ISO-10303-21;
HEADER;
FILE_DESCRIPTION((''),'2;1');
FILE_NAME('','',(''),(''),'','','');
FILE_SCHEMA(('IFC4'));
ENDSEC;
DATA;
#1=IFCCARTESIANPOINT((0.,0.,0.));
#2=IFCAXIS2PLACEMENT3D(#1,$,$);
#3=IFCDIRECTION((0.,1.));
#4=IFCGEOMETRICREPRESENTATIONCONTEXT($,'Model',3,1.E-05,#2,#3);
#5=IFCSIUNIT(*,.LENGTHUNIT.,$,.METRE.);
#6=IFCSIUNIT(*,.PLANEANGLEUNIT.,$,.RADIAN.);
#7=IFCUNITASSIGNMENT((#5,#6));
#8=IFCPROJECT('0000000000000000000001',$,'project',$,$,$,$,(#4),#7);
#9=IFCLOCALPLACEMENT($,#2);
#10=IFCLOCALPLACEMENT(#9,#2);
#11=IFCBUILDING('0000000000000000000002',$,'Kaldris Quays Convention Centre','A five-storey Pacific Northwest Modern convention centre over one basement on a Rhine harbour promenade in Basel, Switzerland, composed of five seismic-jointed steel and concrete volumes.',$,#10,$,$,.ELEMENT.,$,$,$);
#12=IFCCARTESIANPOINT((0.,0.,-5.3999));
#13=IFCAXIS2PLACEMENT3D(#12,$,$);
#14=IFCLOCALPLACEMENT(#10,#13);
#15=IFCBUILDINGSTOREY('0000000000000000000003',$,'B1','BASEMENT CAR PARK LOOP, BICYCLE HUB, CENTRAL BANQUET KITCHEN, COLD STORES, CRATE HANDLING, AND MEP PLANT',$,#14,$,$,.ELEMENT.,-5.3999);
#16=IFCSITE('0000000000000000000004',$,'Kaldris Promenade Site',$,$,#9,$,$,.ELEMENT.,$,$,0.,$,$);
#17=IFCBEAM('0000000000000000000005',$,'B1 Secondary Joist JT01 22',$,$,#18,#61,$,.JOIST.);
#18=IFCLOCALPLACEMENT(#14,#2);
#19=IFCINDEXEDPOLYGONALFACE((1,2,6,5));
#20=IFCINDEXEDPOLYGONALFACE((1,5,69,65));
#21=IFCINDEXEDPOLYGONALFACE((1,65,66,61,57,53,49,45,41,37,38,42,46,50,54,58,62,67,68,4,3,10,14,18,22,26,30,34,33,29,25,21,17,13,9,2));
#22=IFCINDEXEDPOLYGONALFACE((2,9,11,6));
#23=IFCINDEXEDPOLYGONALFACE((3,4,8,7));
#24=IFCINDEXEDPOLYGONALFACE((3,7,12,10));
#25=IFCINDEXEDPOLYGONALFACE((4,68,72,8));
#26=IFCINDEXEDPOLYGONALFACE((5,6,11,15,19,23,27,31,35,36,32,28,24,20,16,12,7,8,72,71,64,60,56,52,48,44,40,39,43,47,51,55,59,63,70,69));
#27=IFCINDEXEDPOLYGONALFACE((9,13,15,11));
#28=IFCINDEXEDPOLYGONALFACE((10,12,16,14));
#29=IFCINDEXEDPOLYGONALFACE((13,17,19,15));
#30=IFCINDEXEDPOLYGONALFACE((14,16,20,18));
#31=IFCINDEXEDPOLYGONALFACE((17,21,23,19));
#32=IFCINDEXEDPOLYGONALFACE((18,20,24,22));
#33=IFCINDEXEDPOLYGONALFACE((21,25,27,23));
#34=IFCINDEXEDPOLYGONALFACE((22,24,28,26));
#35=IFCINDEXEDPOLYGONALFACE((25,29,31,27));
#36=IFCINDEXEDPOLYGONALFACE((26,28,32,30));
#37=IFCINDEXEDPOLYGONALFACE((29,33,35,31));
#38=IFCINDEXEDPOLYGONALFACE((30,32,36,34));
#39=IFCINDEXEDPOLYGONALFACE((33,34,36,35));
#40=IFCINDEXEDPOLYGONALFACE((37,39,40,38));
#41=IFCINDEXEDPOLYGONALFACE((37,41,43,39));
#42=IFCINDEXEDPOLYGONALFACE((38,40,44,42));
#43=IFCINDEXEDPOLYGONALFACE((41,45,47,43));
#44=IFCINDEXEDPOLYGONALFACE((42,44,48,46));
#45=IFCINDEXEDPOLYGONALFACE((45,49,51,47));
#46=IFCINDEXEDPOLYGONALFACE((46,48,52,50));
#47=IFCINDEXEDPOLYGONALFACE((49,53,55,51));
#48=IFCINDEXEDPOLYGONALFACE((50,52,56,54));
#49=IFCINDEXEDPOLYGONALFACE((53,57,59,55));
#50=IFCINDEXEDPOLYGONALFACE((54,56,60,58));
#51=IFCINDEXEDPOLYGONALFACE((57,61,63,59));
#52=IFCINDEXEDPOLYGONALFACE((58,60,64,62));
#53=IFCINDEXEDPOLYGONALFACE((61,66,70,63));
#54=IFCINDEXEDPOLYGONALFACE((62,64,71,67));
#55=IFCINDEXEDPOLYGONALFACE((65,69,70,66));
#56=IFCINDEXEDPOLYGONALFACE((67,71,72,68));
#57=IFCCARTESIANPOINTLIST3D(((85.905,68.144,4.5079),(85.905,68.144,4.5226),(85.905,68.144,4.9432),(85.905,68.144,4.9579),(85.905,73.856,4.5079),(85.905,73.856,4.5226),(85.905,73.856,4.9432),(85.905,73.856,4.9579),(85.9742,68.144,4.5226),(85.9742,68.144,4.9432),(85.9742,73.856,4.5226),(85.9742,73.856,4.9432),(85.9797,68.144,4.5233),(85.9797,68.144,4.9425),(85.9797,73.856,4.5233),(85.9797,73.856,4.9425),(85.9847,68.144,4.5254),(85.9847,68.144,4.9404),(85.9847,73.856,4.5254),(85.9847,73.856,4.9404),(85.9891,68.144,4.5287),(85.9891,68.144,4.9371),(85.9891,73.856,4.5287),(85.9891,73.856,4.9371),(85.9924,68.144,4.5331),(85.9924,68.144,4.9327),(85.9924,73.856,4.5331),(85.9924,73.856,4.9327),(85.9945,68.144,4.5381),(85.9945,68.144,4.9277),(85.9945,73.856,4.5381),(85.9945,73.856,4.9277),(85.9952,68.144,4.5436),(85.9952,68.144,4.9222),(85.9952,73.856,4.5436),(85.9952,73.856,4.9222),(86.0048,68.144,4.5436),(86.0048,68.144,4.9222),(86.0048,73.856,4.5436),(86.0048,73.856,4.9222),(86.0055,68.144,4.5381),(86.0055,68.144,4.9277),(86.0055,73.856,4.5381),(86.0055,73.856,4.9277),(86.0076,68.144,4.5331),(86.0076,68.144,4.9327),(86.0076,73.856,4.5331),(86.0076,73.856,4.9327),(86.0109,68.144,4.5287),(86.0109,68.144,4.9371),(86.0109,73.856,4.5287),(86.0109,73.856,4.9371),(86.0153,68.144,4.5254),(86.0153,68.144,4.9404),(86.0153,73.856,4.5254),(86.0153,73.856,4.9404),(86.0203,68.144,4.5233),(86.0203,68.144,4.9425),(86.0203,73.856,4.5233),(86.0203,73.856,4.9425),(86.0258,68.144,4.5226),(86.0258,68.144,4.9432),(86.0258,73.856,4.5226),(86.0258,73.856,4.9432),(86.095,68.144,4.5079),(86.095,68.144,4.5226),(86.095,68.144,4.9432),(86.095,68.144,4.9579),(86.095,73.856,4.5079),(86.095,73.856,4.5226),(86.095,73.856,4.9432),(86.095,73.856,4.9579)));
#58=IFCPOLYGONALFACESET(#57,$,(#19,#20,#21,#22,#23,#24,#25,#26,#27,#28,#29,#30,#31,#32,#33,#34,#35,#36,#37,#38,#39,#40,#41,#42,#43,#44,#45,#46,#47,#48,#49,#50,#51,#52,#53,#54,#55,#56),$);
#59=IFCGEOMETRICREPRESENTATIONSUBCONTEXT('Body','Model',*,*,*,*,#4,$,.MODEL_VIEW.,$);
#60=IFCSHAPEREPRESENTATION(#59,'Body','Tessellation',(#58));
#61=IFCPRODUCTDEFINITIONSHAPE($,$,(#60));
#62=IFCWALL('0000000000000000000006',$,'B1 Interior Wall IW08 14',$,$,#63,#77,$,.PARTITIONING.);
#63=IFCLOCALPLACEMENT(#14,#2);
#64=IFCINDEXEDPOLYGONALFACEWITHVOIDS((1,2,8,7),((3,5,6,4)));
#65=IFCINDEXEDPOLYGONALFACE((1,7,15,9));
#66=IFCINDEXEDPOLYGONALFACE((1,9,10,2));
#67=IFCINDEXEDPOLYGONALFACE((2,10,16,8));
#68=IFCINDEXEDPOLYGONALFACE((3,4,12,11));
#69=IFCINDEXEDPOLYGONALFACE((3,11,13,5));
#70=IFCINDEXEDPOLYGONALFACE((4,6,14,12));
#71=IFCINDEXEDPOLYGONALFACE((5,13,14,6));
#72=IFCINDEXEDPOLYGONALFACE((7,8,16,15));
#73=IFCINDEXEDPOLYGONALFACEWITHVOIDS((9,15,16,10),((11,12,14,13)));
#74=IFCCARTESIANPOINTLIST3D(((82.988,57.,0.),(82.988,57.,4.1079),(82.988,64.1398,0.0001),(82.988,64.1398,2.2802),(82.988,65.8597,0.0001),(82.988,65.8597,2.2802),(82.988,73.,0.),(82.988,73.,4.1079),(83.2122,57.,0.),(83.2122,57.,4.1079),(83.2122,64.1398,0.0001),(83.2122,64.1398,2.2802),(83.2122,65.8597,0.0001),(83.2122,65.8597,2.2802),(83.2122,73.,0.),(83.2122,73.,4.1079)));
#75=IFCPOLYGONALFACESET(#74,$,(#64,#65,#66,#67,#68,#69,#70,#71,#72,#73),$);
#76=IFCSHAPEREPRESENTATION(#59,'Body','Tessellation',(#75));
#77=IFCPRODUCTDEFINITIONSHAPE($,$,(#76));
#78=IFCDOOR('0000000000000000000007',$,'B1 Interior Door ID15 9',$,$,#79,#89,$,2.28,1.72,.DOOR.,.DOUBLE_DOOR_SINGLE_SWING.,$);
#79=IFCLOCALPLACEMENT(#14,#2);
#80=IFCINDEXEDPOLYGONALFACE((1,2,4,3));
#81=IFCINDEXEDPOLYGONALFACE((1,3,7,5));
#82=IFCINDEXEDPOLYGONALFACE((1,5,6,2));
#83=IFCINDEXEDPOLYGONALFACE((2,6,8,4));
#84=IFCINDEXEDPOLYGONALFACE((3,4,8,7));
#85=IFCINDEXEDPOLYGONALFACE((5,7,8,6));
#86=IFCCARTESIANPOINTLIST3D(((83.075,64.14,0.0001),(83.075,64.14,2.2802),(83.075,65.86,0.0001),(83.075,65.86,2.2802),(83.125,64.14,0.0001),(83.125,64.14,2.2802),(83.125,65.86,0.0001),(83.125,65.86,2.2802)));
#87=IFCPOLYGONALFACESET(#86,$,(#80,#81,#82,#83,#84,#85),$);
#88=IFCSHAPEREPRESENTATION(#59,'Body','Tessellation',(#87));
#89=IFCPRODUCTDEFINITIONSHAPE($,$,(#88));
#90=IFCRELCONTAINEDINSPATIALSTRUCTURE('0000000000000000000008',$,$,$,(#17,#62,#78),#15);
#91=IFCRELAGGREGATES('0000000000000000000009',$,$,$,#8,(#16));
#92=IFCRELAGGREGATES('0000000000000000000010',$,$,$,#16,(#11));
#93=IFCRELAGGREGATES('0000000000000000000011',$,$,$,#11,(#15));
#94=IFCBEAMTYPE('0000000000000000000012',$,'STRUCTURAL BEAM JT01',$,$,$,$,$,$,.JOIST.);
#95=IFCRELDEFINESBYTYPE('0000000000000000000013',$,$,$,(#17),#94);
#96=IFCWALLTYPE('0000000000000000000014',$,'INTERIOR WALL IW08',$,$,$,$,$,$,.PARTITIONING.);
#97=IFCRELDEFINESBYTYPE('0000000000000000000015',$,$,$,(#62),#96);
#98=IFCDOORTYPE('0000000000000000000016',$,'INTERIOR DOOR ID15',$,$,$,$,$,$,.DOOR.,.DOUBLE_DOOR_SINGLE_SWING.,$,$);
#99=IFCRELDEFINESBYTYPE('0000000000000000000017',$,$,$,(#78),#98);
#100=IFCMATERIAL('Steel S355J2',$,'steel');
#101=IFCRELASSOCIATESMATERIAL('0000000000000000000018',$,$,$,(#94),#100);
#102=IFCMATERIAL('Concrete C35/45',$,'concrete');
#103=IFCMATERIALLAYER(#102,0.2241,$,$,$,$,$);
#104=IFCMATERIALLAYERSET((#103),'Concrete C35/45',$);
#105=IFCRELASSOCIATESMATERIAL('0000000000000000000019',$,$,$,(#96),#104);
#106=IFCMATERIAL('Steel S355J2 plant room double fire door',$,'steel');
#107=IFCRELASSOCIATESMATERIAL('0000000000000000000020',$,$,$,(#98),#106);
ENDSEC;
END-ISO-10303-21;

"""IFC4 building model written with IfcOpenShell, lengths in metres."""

from ifc_helpers import new_model, si_unit, direction, frame, frame_2d, origin, origin_2d, place, context, subcontext, project, spatial, rectangle, i_section, extrude, material, layer, layer_set, material_profile, profile_set, type_object, element, fill, save


model = new_model("IFC4")

# Units and contexts
model_context = context("Model", 3, precision=1e-05, world=origin(), true_north=direction((0.0, 1.0)))
body_context = subcontext(model_context, "Body", "Model", "MODEL_VIEW")
ifc_project = project(units=[si_unit("LENGTHUNIT", "METRE"), si_unit("PLANEANGLEUNIT", "RADIAN")], contexts=[model_context])

# Site, building, storey
site_placement = place(None, origin())
site = spatial("IfcSite", under=ifc_project, at=site_placement, Name="Kaldris Promenade Site", CompositionType="ELEMENT", RefElevation=0.0)
building_placement = place(site_placement, origin())
building = spatial("IfcBuilding", under=site, at=building_placement, Name="Kaldris Quays Convention Centre", Description="A five-storey Pacific Northwest Modern convention centre over one basement on a Rhine harbour promenade in Basel, Switzerland, composed of five seismic-jointed steel and concrete volumes.", CompositionType="ELEMENT")
storey_placement = place(building_placement, frame((0.0, 0.0, -5.3999)))
storey = spatial("IfcBuildingStorey", under=building, at=storey_placement, Name="B1", Description="BASEMENT CAR PARK LOOP, BICYCLE HUB, CENTRAL BANQUET KITCHEN, COLD STORES, CRATE HANDLING, AND MEP PLANT", CompositionType="ELEMENT", Elevation=-5.3999)

# Shared definitions
ifc_material_1 = material(Name="Concrete C35/45", Category="concrete")

# Shared definitions
ifc_material_2 = material(Name="Steel S355J2", Category="steel")

# Beam
ifc_material_profile_1 = material_profile(ifc_material_2, i_section(OverallWidth=0.1899, OverallDepth=0.45, WebThickness=0.0095, FlangeThickness=0.0146, FilletRadius=0.021, at=origin_2d()), Name="IPE 450")
ifc_profile_set_1 = profile_set([ifc_material_profile_1], Name="Steel S355J2")
beam_type_1 = type_object("IfcBeamType", Name="STRUCTURAL BEAM JT01", PredefinedType="JOIST", material=ifc_profile_set_1)
for number, where, z_axis, x_axis, name in (
    (1, (86.0, 68.144, 4.7329), (0.0, 1.0, 0.0), (-1.0, 0.0, 0.0), "B1 Secondary Joist JT01 22"),
):
    element("IfcBeam", number, at=place(storey_placement, frame(where, z_axis=z_axis, x_axis=x_axis)), inside=storey, type_object=beam_type_1, Name=name, PredefinedType="JOIST", context=body_context, shape_type="SweptSolid", body=[
        extrude(i_section(OverallWidth=0.1899, OverallDepth=0.45, WebThickness=0.0095, FlangeThickness=0.0146, FilletRadius=0.021, at=origin_2d()), origin(), (0.0, 0.0, 1.0), 5.7119),
    ])

# Wall, opening, door
ifc_layer = layer(ifc_material_1, 0.2241)
ifc_layer_set = layer_set([ifc_layer], Name="Concrete C35/45")
wall_type = type_object("IfcWallType", Name="INTERIOR WALL IW08", PredefinedType="PARTITIONING", material=ifc_layer_set)
wall_placement = place(storey_placement, frame((83.1001, 57.0, 0.0), z_axis=(0.0, 0.0, 1.0), x_axis=(0.0, 1.0, 0.0)))
wall = element("IfcWall", 2, at=wall_placement, inside=storey, type_object=wall_type, Name="B1 Interior Wall IW08 14", PredefinedType="PARTITIONING", context=body_context, shape_type="SweptSolid", body=[
    extrude(rectangle(XDim=16.0, YDim=0.2241, at=frame_2d((8.0, 0.0))), origin(), (0.0, 0.0, 1.0), 4.1079),
])
opening_placement = place(wall_placement, frame((7.1399, 0.0, 0.0)))
opening = element("IfcOpeningElement", 3, at=opening_placement, cuts=wall, PredefinedType="OPENING", context=body_context, shape_type="SweptSolid", body=[
    extrude(rectangle(XDim=1.72, YDim=2.28, at=frame_2d((0.8599, 1.1401))), frame((0.0, 0.1221, 0.0), z_axis=(0.0, -1.0, 0.0), x_axis=(1.0, 0.0, 0.0)), (0.0, 0.0, 1.0), 0.2441),
])
ifc_material_3 = material(Name="Steel S355J2 plant room double fire door", Category="steel")
door_type = type_object("IfcDoorType", Name="INTERIOR DOOR ID15", OperationType="DOUBLE_DOOR_SINGLE_SWING", PredefinedType="DOOR", material=ifc_material_3)
door_placement = place(opening_placement, frame((1.72, 0.0, 0.0), z_axis=(0.0, 0.0, 1.0), x_axis=(-1.0, 0.0, 0.0)))
door = element("IfcDoor", 4, at=door_placement, inside=storey, type_object=door_type, Name="B1 Interior Door ID15 9", OperationType="DOUBLE_DOOR_SINGLE_SWING", OverallHeight=2.28, OverallWidth=1.72, PredefinedType="DOOR", context=body_context, shape_type="SweptSolid", body=[
    extrude(rectangle(XDim=1.72, YDim=2.28, at=frame_2d((0.8599, 1.1401))), frame((0.0, 0.0249, 0.0), z_axis=(0.0, -1.0, 0.0), x_axis=(1.0, 0.0, 0.0)), (0.0, 0.0, 1.0), 0.05),
])
fill(opening, door)

save(model, "model.ifc")
